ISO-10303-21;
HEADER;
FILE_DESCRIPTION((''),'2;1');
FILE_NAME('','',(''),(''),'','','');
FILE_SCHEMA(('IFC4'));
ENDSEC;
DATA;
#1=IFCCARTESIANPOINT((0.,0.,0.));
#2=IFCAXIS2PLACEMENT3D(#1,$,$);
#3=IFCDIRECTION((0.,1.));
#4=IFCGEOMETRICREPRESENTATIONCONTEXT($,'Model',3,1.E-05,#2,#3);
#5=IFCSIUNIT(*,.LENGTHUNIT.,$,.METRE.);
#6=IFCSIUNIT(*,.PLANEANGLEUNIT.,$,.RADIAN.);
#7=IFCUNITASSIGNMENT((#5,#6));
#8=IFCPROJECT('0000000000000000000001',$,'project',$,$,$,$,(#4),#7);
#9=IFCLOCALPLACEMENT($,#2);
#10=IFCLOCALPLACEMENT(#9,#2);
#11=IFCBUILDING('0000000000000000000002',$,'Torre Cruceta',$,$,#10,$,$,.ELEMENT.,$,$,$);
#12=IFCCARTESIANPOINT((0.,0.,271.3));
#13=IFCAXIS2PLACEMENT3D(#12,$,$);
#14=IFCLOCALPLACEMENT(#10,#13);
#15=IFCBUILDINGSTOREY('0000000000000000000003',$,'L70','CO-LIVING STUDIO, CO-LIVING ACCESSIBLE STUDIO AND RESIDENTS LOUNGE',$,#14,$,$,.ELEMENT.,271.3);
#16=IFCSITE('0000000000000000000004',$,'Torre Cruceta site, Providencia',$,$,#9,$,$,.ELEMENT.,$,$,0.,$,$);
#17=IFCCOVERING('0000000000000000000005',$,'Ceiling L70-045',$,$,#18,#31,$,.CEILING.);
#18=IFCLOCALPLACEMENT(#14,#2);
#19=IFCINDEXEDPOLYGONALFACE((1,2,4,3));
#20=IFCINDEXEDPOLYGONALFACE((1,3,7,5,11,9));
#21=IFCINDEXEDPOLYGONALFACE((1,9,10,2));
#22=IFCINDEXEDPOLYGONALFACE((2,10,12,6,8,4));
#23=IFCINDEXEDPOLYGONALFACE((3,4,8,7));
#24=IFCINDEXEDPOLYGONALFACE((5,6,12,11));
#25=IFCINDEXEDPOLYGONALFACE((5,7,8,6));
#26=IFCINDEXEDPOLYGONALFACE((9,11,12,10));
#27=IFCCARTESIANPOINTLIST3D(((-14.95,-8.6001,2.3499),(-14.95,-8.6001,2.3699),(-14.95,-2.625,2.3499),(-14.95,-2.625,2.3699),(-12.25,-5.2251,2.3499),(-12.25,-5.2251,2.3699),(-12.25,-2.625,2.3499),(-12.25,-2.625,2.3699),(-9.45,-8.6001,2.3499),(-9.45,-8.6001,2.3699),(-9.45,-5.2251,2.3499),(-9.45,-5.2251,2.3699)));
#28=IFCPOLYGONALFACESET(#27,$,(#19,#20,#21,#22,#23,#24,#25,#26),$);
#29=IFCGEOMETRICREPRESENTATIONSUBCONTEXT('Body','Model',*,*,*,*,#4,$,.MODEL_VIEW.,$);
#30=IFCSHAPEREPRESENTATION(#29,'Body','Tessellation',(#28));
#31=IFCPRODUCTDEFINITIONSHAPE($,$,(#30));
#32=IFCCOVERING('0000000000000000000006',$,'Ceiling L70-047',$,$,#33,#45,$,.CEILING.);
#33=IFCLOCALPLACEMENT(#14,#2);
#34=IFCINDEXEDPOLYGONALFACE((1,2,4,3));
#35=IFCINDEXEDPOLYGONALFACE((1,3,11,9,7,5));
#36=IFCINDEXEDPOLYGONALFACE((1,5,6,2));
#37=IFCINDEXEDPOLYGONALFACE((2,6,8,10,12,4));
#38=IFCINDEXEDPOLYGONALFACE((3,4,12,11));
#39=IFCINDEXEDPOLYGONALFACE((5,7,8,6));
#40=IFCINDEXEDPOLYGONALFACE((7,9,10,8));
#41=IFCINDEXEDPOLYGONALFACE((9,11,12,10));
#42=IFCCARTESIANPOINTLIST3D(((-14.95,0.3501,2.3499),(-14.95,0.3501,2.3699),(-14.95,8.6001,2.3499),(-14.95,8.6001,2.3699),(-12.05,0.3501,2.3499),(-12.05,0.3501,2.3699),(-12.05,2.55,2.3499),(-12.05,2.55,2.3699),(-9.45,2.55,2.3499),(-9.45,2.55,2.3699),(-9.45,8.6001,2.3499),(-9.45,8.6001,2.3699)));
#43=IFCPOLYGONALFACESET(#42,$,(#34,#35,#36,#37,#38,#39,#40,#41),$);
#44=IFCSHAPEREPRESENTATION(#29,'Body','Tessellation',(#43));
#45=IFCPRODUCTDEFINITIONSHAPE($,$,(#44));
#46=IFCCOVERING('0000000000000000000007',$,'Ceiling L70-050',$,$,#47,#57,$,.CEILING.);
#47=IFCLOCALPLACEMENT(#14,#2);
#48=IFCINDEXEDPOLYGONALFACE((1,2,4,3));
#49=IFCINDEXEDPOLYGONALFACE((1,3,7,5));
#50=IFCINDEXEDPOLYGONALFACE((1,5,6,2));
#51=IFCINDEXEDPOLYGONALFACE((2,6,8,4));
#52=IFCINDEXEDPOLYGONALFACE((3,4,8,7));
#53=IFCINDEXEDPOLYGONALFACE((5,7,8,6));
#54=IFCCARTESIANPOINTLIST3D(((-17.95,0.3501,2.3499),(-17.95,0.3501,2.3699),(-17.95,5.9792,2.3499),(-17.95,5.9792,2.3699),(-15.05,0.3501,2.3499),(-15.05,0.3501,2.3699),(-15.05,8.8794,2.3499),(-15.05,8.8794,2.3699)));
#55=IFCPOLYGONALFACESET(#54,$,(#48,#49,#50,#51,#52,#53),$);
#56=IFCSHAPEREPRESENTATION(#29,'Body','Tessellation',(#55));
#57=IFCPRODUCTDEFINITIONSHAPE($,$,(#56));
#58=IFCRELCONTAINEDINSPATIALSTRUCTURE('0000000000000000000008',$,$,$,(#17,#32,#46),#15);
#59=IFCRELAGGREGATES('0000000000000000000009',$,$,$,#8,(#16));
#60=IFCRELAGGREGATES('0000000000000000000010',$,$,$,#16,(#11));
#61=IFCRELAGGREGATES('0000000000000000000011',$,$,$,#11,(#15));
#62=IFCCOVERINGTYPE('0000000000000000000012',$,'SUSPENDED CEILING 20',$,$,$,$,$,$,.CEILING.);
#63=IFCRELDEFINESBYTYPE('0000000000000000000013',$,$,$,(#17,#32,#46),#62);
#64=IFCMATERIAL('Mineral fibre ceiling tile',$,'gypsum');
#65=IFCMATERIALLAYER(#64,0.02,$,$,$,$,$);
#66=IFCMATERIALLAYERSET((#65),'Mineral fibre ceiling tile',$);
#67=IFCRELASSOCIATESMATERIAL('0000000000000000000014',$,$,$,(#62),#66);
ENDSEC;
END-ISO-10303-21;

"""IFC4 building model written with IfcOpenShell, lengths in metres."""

from ifc_helpers import new_model, si_unit, direction, frame, origin, place, context, subcontext, project, spatial, polyline, outline, extrude, material, layer, layer_set, type_object, element, save


model = new_model("IFC4")

# Units and contexts
model_context = context("Model", 3, precision=1e-05, world=origin(), true_north=direction((0.0, 1.0)))
body_context = subcontext(model_context, "Body", "Model", "MODEL_VIEW")
ifc_project = project(units=[si_unit("LENGTHUNIT", "METRE"), si_unit("PLANEANGLEUNIT", "RADIAN")], contexts=[model_context])

# Site, building, storey
site_placement = place(None, origin())
site = spatial("IfcSite", under=ifc_project, at=site_placement, Name="Torre Cruceta site, Providencia", CompositionType="ELEMENT", RefElevation=0.0)
building_placement = place(site_placement, origin())
building = spatial("IfcBuilding", under=site, at=building_placement, Name="Torre Cruceta", CompositionType="ELEMENT")
storey_placement = place(building_placement, frame((0.0, 0.0, 271.3)))
storey = spatial("IfcBuildingStorey", under=building, at=storey_placement, Name="L70", Description="CO-LIVING STUDIO, CO-LIVING ACCESSIBLE STUDIO AND RESIDENTS LOUNGE", CompositionType="ELEMENT", Elevation=271.3)

# Coverings
ifc_material_1 = material(Name="Mineral fibre ceiling tile", Category="gypsum")
ifc_layer_1 = layer(ifc_material_1, 0.02)
ifc_layer_set_1 = layer_set([ifc_layer_1], Name="Mineral fibre ceiling tile")
covering_type_1 = type_object("IfcCoveringType", Name="SUSPENDED CEILING 20", PredefinedType="CEILING", material=ifc_layer_set_1)
covering_1_placement = place(storey_placement, frame((0.0, 0.0, 2.3499)))
element("IfcCovering", 1, at=covering_1_placement, inside=storey, type_object=covering_type_1, Name="Ceiling L70-045", PredefinedType="CEILING", context=body_context, shape_type="SweptSolid", body=[
    extrude(outline(polyline([(-9.45, -8.6001), (-14.95, -8.6001), (-14.95, -2.625), (-12.25, -2.625), (-12.25, -5.2251), (-9.45, -5.2251), (-9.45, -8.6001)])), origin(), (0.0, 0.0, 1.0), 0.02),
])
covering_2_placement = place(storey_placement, frame((0.0, 0.0, 2.3499)))
element("IfcCovering", 2, at=covering_2_placement, inside=storey, type_object=covering_type_1, Name="Ceiling L70-047", PredefinedType="CEILING", context=body_context, shape_type="SweptSolid", body=[
    extrude(outline(polyline([(-14.95, 0.3501), (-14.95, 8.6001), (-9.45, 8.6001), (-9.45, 2.55), (-12.05, 2.55), (-12.05, 0.3501), (-14.95, 0.3501)])), origin(), (0.0, 0.0, 1.0), 0.02),
])
covering_3_placement = place(storey_placement, frame((0.0, 0.0, 2.3499)))
element("IfcCovering", 3, at=covering_3_placement, inside=storey, type_object=covering_type_1, Name="Ceiling L70-050", PredefinedType="CEILING", context=body_context, shape_type="SweptSolid", body=[
    extrude(outline(polyline([(-15.05, 8.8794), (-15.05, 0.3501), (-17.95, 0.3501), (-17.95, 5.9792), (-15.05, 8.8794)])), origin(), (0.0, 0.0, 1.0), 0.02),
])

save(model, "model.ifc")
